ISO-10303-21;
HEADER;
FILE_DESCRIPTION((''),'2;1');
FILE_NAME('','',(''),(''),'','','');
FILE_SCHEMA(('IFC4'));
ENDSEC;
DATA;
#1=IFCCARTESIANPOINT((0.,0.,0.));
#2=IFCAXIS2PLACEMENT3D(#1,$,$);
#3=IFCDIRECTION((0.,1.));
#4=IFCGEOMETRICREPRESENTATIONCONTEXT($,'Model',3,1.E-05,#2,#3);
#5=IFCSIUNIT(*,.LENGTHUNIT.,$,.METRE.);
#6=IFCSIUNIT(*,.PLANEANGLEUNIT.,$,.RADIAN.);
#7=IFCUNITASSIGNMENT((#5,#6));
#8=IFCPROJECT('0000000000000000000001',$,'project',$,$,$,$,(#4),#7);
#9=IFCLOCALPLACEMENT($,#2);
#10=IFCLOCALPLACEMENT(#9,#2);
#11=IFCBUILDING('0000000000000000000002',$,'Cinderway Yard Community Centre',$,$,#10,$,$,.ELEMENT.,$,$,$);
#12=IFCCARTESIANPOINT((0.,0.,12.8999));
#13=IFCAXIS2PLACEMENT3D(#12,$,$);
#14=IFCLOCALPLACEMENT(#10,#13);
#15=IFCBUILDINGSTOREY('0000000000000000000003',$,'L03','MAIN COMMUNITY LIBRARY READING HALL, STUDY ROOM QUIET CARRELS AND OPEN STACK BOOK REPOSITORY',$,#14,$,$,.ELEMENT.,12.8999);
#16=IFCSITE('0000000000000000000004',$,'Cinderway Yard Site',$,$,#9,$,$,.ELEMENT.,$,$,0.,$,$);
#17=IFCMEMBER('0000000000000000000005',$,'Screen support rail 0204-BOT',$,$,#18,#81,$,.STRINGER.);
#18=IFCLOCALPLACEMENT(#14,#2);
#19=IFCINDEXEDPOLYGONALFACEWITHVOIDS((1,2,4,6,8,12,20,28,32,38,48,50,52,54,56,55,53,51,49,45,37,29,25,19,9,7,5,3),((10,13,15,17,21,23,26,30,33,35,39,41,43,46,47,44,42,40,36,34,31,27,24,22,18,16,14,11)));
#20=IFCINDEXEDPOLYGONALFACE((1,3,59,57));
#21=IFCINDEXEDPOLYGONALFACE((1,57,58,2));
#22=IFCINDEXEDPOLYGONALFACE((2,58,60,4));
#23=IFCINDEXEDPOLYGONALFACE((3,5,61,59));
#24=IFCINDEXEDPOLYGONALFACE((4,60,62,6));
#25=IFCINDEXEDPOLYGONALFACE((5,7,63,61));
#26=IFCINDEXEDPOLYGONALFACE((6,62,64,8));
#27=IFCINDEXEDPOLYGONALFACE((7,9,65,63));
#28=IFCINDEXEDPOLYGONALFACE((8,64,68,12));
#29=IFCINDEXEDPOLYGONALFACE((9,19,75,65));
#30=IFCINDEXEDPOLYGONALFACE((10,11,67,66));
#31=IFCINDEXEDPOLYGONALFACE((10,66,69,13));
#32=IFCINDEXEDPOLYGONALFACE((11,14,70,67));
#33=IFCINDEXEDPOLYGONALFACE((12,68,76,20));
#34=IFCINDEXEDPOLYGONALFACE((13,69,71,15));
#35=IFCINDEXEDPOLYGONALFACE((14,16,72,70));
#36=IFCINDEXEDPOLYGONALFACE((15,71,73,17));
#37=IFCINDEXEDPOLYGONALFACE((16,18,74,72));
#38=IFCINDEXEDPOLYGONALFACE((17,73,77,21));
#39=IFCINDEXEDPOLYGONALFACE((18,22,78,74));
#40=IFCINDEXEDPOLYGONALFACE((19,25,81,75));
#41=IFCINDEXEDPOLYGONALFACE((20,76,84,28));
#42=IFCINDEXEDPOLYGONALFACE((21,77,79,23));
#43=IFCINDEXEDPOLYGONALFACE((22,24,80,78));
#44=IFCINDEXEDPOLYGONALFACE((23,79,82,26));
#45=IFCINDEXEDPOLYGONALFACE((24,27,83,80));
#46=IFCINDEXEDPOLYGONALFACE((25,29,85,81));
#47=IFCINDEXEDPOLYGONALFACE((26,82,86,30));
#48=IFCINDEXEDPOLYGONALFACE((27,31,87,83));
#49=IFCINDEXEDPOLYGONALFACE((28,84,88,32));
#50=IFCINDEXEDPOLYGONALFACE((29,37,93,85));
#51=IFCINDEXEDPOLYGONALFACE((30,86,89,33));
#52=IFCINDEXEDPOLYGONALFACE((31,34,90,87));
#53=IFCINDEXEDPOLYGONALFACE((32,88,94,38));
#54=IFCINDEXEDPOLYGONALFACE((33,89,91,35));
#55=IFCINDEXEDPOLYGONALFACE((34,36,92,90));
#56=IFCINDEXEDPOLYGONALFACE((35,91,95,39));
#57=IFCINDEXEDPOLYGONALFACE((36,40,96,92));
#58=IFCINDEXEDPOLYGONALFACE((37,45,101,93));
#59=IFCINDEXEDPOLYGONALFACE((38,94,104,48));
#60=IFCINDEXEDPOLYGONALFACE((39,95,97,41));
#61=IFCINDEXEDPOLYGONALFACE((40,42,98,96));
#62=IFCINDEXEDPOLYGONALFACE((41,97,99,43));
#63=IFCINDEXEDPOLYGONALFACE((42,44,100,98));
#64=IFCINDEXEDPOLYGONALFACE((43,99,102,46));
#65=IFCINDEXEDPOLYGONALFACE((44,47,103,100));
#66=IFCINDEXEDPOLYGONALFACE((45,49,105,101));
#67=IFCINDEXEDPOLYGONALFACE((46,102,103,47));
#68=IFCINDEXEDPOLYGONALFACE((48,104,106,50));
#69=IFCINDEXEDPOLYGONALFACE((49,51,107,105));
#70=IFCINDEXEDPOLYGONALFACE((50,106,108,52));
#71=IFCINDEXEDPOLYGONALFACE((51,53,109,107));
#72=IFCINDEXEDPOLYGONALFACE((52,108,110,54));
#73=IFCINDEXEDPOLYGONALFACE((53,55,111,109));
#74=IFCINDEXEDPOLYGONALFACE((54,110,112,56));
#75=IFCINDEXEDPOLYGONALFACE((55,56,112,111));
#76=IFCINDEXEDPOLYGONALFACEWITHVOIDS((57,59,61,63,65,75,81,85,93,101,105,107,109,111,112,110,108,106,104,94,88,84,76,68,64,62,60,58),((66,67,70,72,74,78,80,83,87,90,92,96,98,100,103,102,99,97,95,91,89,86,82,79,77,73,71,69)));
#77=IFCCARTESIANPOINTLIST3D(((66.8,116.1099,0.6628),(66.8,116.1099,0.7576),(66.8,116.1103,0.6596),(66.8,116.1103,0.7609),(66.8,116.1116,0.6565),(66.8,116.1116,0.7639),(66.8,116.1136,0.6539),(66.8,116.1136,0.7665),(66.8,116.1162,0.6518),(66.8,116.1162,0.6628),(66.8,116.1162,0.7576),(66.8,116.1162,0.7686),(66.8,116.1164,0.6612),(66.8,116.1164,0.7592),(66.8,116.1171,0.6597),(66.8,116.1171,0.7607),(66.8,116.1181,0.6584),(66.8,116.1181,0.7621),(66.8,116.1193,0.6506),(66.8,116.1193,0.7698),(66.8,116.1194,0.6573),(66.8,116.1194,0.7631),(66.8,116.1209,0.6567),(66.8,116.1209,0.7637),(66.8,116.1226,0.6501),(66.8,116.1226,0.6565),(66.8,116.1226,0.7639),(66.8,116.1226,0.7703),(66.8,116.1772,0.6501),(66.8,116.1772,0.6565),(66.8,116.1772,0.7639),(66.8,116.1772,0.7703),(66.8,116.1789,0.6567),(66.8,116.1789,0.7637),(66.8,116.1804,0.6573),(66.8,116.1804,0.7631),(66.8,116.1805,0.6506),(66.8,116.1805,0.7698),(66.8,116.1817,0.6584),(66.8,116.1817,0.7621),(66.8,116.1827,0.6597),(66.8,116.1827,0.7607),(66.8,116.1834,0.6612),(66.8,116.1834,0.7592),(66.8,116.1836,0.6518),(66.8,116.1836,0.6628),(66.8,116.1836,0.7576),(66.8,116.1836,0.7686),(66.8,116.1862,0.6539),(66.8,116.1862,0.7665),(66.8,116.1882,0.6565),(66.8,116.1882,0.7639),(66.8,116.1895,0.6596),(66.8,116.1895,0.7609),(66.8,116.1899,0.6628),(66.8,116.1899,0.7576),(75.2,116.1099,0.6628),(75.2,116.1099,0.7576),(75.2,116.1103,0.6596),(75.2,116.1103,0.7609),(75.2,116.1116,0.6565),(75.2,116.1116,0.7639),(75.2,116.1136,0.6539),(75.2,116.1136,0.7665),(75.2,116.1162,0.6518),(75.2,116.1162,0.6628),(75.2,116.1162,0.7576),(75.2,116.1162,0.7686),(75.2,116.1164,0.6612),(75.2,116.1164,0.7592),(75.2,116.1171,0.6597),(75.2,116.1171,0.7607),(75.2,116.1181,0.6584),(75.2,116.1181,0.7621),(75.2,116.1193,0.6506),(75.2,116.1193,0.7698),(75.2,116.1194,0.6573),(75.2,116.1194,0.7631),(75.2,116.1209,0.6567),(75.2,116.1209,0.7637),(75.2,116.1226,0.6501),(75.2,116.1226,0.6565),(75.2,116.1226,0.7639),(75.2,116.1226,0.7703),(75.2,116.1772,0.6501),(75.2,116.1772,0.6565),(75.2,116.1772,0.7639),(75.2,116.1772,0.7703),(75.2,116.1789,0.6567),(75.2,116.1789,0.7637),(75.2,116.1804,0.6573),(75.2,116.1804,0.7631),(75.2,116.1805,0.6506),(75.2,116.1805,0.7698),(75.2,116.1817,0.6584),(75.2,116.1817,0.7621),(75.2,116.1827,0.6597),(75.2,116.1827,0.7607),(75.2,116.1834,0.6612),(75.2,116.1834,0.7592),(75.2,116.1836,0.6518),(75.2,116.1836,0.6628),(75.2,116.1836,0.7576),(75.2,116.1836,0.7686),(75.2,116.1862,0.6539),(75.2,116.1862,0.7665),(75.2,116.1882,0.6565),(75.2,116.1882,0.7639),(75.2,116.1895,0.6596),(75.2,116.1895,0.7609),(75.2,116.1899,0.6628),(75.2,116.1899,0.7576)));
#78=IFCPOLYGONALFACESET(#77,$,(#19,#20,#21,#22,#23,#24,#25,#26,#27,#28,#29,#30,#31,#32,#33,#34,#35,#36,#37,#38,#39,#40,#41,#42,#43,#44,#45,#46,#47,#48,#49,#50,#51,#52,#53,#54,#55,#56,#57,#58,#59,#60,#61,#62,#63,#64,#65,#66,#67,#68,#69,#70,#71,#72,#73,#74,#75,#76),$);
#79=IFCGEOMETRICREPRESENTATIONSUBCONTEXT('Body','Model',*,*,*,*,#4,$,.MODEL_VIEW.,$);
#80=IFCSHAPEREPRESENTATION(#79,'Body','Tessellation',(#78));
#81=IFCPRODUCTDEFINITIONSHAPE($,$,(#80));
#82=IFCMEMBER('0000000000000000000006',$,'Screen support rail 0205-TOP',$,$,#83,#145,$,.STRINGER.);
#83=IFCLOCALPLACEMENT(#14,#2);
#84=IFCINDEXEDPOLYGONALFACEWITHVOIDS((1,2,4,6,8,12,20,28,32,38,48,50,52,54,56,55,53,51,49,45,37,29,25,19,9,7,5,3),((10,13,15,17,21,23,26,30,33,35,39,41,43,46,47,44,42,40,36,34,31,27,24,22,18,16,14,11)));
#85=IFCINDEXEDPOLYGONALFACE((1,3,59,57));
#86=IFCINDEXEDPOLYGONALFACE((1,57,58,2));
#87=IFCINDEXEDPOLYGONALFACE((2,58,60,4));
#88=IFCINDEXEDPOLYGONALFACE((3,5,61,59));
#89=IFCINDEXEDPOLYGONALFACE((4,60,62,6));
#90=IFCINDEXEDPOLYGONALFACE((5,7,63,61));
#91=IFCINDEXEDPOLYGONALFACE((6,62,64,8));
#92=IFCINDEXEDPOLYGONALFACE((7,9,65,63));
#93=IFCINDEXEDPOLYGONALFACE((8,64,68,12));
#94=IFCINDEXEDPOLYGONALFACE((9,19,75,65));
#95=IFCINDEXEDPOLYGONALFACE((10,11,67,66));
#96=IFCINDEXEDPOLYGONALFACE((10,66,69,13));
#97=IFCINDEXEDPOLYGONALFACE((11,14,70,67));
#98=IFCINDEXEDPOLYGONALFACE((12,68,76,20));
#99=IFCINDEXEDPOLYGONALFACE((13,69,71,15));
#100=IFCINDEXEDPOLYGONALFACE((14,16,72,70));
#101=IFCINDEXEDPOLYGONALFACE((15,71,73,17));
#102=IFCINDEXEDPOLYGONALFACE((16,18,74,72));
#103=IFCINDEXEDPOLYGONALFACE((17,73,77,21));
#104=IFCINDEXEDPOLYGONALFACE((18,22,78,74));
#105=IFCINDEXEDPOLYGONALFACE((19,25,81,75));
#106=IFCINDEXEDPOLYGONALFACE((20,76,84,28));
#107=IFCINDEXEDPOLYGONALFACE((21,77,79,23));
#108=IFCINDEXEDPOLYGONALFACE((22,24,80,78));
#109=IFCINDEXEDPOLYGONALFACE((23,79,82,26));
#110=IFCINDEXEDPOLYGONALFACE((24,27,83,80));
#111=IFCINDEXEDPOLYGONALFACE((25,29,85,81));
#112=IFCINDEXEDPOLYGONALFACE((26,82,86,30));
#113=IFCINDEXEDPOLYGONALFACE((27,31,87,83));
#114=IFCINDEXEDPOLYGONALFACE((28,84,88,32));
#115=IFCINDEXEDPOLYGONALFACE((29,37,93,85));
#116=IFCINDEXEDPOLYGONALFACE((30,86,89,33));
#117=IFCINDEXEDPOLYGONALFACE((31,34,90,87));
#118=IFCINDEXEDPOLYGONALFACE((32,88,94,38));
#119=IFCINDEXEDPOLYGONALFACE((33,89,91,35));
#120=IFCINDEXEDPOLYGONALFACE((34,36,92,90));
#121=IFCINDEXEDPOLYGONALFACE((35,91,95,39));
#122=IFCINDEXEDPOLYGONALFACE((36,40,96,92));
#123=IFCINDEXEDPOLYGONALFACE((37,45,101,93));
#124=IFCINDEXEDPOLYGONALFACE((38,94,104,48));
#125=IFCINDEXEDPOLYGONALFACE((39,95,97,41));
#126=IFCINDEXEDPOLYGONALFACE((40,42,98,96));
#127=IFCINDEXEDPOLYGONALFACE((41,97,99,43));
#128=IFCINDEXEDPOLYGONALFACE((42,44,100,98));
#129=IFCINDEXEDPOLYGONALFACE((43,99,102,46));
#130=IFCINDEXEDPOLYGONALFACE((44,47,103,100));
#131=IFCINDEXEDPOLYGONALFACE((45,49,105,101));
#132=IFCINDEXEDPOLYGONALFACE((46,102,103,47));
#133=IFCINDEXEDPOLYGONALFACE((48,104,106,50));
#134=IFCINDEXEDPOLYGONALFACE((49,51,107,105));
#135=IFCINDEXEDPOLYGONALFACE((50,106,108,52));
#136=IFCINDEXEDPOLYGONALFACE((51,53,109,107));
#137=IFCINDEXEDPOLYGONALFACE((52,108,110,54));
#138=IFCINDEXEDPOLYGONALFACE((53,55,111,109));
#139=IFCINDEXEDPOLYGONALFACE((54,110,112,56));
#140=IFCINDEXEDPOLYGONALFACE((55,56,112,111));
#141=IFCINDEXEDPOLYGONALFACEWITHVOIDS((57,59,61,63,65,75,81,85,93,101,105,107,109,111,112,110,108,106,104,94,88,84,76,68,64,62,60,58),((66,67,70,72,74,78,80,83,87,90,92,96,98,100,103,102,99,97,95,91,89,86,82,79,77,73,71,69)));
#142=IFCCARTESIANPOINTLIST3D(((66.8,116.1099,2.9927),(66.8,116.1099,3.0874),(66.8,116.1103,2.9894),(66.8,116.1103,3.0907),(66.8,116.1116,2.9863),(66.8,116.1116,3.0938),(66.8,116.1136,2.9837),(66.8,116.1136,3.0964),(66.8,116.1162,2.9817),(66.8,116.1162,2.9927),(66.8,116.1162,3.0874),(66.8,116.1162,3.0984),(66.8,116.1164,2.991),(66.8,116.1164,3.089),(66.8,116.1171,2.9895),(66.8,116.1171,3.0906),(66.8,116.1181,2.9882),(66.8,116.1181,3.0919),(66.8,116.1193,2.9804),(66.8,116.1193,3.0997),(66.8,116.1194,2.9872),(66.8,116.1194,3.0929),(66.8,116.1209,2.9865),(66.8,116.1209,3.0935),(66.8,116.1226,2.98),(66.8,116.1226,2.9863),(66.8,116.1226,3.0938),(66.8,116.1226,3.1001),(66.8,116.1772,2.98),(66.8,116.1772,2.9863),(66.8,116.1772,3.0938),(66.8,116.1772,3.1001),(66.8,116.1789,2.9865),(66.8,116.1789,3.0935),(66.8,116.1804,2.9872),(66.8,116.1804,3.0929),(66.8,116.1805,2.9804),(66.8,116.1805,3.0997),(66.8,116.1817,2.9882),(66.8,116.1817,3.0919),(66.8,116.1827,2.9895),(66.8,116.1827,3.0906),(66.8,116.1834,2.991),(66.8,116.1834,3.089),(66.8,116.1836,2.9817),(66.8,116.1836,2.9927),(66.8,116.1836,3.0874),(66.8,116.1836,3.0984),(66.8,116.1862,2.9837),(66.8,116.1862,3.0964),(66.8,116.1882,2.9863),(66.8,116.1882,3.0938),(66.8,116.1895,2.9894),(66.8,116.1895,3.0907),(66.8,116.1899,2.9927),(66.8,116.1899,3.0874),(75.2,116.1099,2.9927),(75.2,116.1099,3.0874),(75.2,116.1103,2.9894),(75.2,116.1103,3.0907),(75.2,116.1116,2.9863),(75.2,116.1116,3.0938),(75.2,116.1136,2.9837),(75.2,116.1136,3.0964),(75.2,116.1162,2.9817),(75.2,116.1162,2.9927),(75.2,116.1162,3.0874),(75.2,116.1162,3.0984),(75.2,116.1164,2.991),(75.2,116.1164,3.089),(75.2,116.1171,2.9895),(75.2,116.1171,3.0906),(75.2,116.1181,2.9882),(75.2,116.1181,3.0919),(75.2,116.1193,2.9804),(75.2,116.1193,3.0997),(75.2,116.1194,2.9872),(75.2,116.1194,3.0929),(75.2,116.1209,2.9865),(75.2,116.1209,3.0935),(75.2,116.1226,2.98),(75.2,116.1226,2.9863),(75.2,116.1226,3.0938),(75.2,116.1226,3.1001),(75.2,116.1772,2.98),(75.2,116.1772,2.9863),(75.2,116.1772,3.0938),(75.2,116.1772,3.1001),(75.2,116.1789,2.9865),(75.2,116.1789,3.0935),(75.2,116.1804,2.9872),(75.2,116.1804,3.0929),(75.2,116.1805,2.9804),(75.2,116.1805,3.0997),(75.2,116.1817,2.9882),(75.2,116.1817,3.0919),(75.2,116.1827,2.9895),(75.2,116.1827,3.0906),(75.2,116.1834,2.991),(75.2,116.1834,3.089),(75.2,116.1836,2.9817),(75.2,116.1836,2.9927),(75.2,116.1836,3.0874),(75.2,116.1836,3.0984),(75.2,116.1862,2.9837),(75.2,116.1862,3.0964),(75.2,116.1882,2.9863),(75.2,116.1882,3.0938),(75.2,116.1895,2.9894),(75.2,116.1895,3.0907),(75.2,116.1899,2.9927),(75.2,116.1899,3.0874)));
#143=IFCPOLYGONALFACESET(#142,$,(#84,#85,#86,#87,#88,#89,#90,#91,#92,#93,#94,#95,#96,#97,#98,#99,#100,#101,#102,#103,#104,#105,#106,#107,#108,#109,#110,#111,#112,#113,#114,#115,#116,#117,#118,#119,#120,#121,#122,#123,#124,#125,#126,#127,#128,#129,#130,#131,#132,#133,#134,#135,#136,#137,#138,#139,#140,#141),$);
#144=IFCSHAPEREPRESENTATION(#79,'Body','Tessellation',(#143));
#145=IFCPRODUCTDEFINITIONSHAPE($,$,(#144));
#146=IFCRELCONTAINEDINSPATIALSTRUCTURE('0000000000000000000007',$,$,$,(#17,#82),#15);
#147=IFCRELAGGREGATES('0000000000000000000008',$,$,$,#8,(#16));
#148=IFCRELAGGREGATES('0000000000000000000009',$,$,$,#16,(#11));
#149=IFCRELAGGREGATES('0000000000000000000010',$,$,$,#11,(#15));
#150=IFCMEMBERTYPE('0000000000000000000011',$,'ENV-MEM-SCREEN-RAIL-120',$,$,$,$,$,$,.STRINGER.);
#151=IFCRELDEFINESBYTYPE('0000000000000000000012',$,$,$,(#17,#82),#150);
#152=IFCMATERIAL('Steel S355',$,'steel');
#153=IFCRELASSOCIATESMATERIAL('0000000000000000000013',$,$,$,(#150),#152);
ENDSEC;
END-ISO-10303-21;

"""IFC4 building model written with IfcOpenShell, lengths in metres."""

from ifc_helpers import new_model, si_unit, direction, frame, origin, origin_2d, place, context, subcontext, project, spatial, hollow_rectangle, extrude, material, material_profile, profile_set, type_object, element, save


model = new_model("IFC4")

# Units and contexts
model_context = context("Model", 3, precision=1e-05, world=origin(), true_north=direction((0.0, 1.0)))
body_context = subcontext(model_context, "Body", "Model", "MODEL_VIEW")
ifc_project = project(units=[si_unit("LENGTHUNIT", "METRE"), si_unit("PLANEANGLEUNIT", "RADIAN")], contexts=[model_context])

# Site, building, storey
site_placement = place(None, origin())
site = spatial("IfcSite", under=ifc_project, at=site_placement, Name="Cinderway Yard Site", CompositionType="ELEMENT", RefElevation=0.0)
building_placement = place(site_placement, origin())
building = spatial("IfcBuilding", under=site, at=building_placement, Name="Cinderway Yard Community Centre", CompositionType="ELEMENT")
storey_placement = place(building_placement, frame((0.0, 0.0, 12.8999)))
storey = spatial("IfcBuildingStorey", under=building, at=storey_placement, Name="L03", Description="MAIN COMMUNITY LIBRARY READING HALL, STUDY ROOM QUIET CARRELS AND OPEN STACK BOOK REPOSITORY", CompositionType="ELEMENT", Elevation=12.8999)

# Members
ifc_material_1 = material(Name="Steel S355", Category="steel")
ifc_material_profile = material_profile(ifc_material_1, hollow_rectangle(XDim=0.0801, YDim=0.1201, WallThickness=0.0063, InnerFilletRadius=0.0063, OuterFilletRadius=0.0127, at=origin_2d()), Name="Steel S355")
ifc_profile_set = profile_set([ifc_material_profile], Name="Steel S355")
member_type = type_object("IfcMemberType", Name="ENV-MEM-SCREEN-RAIL-120", PredefinedType="STRINGER", material=ifc_profile_set)
for number, where, z_axis, x_axis, name in (
    (1, (66.8, 116.1499, 0.7102), (1.0, 0.0, 0.0), (0.0, 1.0, 0.0), "Screen support rail 0204-BOT"),
    (2, (66.8, 116.1499, 3.04), (1.0, 0.0, 0.0), (0.0, 1.0, 0.0), "Screen support rail 0205-TOP"),
):
    element("IfcMember", number, at=place(storey_placement, frame(where, z_axis=z_axis, x_axis=x_axis)), inside=storey, type_object=member_type, Name=name, PredefinedType="STRINGER", context=body_context, shape_type="SweptSolid", body=[
        extrude(hollow_rectangle(XDim=0.0801, YDim=0.1201, WallThickness=0.0063, InnerFilletRadius=0.0063, OuterFilletRadius=0.0127, at=origin_2d()), origin(), (0.0, 0.0, 1.0), 8.3999),
    ])

save(model, "model.ifc")
